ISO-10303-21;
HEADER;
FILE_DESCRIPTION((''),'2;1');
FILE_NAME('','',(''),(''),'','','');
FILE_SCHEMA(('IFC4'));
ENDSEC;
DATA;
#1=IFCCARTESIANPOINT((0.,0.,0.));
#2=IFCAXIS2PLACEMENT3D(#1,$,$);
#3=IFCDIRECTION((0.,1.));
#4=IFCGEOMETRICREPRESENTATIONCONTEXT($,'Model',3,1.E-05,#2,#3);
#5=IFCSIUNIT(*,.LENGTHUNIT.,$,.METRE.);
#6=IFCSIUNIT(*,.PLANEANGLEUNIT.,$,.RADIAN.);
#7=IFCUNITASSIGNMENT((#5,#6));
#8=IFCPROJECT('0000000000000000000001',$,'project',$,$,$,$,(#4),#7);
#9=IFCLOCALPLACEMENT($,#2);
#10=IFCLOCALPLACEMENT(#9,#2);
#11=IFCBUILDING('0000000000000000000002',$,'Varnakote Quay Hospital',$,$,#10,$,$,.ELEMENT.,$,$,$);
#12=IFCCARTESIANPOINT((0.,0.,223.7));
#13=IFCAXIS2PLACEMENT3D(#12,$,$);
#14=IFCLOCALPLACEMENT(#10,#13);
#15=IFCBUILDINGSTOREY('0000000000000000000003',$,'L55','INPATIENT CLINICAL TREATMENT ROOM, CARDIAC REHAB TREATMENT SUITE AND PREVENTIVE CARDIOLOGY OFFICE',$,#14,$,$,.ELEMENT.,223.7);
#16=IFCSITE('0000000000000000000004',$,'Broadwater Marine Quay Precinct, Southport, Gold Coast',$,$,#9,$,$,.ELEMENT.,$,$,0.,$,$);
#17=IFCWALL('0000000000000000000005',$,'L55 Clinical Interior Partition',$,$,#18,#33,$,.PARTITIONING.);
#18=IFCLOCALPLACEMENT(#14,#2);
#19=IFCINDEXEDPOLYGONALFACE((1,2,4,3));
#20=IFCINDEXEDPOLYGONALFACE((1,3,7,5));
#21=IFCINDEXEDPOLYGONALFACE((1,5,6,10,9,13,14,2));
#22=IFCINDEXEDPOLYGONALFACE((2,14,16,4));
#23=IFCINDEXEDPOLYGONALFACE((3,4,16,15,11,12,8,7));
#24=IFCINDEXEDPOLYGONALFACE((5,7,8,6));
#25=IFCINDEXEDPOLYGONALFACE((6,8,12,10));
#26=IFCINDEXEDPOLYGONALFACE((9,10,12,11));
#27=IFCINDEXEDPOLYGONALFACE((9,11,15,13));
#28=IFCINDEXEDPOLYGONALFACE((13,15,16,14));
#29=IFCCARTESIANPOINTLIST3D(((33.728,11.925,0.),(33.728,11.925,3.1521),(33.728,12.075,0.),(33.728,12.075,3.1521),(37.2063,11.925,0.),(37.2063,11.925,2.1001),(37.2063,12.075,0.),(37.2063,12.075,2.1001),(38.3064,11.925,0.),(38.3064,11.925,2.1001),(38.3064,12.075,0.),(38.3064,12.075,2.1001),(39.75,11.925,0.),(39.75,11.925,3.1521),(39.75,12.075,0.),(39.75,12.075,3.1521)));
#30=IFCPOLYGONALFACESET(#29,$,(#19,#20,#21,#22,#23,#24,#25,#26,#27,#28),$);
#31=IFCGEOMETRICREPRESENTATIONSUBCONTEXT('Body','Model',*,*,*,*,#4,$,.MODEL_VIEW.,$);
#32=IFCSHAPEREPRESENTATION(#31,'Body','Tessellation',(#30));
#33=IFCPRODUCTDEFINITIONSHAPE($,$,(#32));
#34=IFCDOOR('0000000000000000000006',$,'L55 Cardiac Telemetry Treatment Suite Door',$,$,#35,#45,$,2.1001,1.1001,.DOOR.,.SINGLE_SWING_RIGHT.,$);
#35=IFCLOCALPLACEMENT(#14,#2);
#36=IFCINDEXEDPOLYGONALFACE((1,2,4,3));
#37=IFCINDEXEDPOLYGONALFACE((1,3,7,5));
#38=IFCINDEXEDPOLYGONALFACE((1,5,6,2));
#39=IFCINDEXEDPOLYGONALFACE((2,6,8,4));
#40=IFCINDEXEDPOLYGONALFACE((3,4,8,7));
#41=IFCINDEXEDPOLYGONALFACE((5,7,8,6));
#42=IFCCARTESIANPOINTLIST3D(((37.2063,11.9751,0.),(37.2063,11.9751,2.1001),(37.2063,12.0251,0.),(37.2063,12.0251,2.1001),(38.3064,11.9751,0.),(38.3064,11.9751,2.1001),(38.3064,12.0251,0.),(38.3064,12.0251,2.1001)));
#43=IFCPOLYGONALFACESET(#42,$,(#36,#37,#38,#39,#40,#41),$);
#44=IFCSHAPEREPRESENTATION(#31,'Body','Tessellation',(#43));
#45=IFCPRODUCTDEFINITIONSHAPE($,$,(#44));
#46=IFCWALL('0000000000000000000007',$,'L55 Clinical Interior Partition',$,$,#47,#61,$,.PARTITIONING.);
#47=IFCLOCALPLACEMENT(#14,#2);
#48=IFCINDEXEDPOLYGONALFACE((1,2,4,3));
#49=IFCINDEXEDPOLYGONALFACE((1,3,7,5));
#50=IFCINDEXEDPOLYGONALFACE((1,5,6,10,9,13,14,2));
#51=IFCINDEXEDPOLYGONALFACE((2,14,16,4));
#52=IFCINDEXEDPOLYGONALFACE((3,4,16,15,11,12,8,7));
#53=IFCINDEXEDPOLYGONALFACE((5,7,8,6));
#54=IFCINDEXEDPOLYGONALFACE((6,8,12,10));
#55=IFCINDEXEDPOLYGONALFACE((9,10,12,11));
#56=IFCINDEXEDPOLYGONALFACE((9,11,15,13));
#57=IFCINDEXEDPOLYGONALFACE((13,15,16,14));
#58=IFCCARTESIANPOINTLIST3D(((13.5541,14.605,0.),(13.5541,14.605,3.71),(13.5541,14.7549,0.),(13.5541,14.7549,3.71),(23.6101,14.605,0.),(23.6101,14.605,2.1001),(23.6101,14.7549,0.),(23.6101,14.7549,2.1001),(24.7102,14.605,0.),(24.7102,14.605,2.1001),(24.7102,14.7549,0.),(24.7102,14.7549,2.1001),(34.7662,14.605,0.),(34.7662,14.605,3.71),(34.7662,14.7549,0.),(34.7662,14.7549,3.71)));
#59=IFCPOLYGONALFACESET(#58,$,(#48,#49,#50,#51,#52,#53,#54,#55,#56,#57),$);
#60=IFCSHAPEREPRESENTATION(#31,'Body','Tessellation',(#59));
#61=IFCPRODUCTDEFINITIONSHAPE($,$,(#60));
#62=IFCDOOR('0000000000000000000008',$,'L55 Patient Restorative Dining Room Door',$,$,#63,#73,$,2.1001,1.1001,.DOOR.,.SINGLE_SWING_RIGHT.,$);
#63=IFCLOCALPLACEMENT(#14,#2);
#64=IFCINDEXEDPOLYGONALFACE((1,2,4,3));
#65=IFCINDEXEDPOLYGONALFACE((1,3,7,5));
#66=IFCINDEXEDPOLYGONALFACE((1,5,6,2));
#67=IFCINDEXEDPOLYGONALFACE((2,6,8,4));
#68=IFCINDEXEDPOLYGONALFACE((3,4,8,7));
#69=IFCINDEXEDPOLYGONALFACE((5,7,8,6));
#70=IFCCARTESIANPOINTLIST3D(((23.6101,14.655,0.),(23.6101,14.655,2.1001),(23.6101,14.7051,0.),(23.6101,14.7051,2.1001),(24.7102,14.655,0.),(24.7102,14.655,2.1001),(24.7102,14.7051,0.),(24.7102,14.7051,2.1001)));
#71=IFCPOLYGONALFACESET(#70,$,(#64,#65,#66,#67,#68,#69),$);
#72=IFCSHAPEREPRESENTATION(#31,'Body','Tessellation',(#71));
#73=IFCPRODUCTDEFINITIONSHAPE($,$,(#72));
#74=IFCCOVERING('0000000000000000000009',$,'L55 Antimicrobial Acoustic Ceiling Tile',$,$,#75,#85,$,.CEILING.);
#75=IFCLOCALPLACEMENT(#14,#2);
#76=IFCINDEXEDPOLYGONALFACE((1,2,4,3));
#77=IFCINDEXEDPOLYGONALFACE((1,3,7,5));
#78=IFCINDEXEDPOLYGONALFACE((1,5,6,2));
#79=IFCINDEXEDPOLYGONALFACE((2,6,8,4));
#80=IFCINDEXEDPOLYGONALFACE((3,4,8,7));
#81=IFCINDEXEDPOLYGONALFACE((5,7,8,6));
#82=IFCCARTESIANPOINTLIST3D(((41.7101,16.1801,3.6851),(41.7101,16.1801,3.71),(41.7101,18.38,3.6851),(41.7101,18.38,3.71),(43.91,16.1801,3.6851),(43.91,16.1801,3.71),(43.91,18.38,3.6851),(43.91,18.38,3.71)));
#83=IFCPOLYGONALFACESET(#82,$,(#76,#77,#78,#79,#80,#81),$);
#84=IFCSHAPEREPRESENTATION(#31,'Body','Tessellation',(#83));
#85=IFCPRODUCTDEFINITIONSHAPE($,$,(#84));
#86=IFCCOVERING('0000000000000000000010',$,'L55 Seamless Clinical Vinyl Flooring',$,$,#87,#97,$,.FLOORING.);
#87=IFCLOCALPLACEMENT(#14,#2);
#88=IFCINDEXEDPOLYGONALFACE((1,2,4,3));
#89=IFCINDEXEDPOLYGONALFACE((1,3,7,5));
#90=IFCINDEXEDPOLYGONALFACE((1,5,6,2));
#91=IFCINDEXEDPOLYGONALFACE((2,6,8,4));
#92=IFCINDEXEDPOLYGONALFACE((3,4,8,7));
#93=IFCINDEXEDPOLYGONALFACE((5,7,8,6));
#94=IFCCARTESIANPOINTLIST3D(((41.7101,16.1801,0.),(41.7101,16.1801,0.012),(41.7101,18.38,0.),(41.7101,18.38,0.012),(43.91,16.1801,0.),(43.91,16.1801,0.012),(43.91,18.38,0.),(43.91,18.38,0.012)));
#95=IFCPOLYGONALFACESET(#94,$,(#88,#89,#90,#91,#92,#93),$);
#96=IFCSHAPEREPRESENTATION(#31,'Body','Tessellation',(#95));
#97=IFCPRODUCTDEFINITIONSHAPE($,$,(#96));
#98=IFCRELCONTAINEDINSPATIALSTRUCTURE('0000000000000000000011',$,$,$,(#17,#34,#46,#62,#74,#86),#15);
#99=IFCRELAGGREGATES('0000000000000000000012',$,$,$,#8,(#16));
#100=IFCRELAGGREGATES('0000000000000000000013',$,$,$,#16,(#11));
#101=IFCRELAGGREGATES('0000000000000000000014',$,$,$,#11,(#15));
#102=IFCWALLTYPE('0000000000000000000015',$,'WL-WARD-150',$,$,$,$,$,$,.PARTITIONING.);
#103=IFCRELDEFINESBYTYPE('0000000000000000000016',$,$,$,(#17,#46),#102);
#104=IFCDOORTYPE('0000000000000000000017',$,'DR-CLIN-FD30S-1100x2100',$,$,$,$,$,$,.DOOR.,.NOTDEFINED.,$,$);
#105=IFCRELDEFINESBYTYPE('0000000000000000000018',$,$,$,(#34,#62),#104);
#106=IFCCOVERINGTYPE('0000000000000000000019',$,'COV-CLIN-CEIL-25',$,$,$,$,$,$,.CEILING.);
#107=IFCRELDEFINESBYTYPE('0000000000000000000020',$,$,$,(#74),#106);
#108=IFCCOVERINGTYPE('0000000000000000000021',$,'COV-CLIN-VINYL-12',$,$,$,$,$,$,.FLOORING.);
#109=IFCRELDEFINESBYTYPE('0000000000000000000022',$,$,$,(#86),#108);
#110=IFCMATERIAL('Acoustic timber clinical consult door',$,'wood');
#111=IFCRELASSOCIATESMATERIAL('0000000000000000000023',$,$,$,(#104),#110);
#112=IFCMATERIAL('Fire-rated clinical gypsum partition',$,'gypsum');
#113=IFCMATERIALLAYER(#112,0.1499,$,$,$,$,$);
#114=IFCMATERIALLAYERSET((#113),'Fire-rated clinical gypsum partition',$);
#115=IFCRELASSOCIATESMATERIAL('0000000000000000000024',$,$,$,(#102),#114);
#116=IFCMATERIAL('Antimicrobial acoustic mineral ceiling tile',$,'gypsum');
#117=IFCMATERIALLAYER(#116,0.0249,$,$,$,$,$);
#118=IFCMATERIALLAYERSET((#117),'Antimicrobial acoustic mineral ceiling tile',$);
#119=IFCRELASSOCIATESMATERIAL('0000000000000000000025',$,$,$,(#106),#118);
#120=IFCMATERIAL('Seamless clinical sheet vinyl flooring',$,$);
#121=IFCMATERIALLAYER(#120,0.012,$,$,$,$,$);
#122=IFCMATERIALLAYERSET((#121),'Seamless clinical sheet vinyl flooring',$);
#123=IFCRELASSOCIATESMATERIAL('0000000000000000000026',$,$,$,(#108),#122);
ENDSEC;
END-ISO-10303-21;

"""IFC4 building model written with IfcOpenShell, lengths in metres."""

from ifc_helpers import new_model, si_unit, direction, frame, frame_2d, origin, origin_2d, place, context, subcontext, project, spatial, rectangle, extrude, material, layer, layer_set, type_object, element, fill, save


model = new_model("IFC4")

# Units and contexts
model_context = context("Model", 3, precision=1e-05, world=origin(), true_north=direction((0.0, 1.0)))
body_context = subcontext(model_context, "Body", "Model", "MODEL_VIEW")
ifc_project = project(units=[si_unit("LENGTHUNIT", "METRE"), si_unit("PLANEANGLEUNIT", "RADIAN")], contexts=[model_context])

# Site, building, storey
site_placement = place(None, origin())
site = spatial("IfcSite", under=ifc_project, at=site_placement, Name="Broadwater Marine Quay Precinct, Southport, Gold Coast", CompositionType="ELEMENT", RefElevation=0.0)
building_placement = place(site_placement, origin())
building = spatial("IfcBuilding", under=site, at=building_placement, Name="Varnakote Quay Hospital", CompositionType="ELEMENT")
storey_placement = place(building_placement, frame((0.0, 0.0, 223.7)))
storey = spatial("IfcBuildingStorey", under=building, at=storey_placement, Name="L55", Description="INPATIENT CLINICAL TREATMENT ROOM, CARDIAC REHAB TREATMENT SUITE AND PREVENTIVE CARDIOLOGY OFFICE", CompositionType="ELEMENT", Elevation=223.7)

# Walls, openings, doors
ifc_material_1 = material(Name="Acoustic timber clinical consult door", Category="wood")
door_type = type_object("IfcDoorType", Name="DR-CLIN-FD30S-1100x2100", OperationType="NOTDEFINED", PredefinedType="DOOR", material=ifc_material_1)
ifc_material_2 = material(Name="Fire-rated clinical gypsum partition", Category="gypsum")
ifc_layer_1 = layer(ifc_material_2, 0.1499)
ifc_layer_set_1 = layer_set([ifc_layer_1], Name="Fire-rated clinical gypsum partition")
wall_type_1 = type_object("IfcWallType", Name="WL-WARD-150", PredefinedType="PARTITIONING", material=ifc_layer_set_1)
wall_1_placement = place(storey_placement, frame((39.75, 12.0, 0.0), z_axis=(0.0, 0.0, 1.0), x_axis=(-1.0, 0.0, 0.0)))
wall_1 = element("IfcWall", 1, at=wall_1_placement, inside=storey, type_object=wall_type_1, Name="L55 Clinical Interior Partition", PredefinedType="PARTITIONING", context=body_context, shape_type="SweptSolid", body=[
    extrude(rectangle(XDim=6.022, YDim=0.1499, at=frame_2d((3.011, 0.0))), origin(), (0.0, 0.0, 1.0), 3.1521),
])
opening_1_placement = place(wall_1_placement, frame((1.4436, 0.0, 0.0)))
opening_1 = element("IfcOpeningElement", 2, at=opening_1_placement, cuts=wall_1, PredefinedType="OPENING", context=body_context, shape_type="SweptSolid", body=[
    extrude(rectangle(XDim=1.1001, YDim=2.1001, at=frame_2d((0.55, 1.05))), frame((0.0, 0.085, 0.0), z_axis=(0.0, -1.0, 0.0), x_axis=(1.0, 0.0, 0.0)), (0.0, 0.0, 1.0), 0.1699),
])
door_1_placement = place(opening_1_placement, origin())
door_1 = element("IfcDoor", 3, at=door_1_placement, inside=storey, type_object=door_type, Name="L55 Cardiac Telemetry Treatment Suite Door", OperationType="SINGLE_SWING_RIGHT", OverallHeight=2.1001, OverallWidth=1.1001, PredefinedType="DOOR", context=body_context, shape_type="SweptSolid", body=[
    extrude(rectangle(XDim=1.1001, YDim=2.1001, at=frame_2d((0.55, 1.05))), frame((0.0, 0.0249, 0.0), z_axis=(0.0, -1.0, 0.0), x_axis=(1.0, 0.0, 0.0)), (0.0, 0.0, 1.0), 0.05),
])
fill(opening_1, door_1)
wall_2_placement = place(storey_placement, frame((34.7661, 14.6799, 0.0), z_axis=(0.0, 0.0, 1.0), x_axis=(-1.0, 0.0, 0.0)))
wall_2 = element("IfcWall", 4, at=wall_2_placement, inside=storey, type_object=wall_type_1, Name="L55 Clinical Interior Partition", PredefinedType="PARTITIONING", context=body_context, shape_type="SweptSolid", body=[
    extrude(rectangle(XDim=21.2122, YDim=0.1499, at=frame_2d((10.606, 0.0))), origin(), (0.0, 0.0, 1.0), 3.71),
])
opening_2_placement = place(wall_2_placement, frame((10.0559, 0.0, 0.0)))
opening_2 = element("IfcOpeningElement", 5, at=opening_2_placement, cuts=wall_2, PredefinedType="OPENING", context=body_context, shape_type="SweptSolid", body=[
    extrude(rectangle(XDim=1.1001, YDim=2.1001, at=frame_2d((0.55, 1.05))), frame((0.0, 0.085, 0.0), z_axis=(0.0, -1.0, 0.0), x_axis=(1.0, 0.0, 0.0)), (0.0, 0.0, 1.0), 0.1699),
])
door_2_placement = place(opening_2_placement, origin())
door_2 = element("IfcDoor", 6, at=door_2_placement, inside=storey, type_object=door_type, Name="L55 Patient Restorative Dining Room Door", OperationType="SINGLE_SWING_RIGHT", OverallHeight=2.1001, OverallWidth=1.1001, PredefinedType="DOOR", context=body_context, shape_type="SweptSolid", body=[
    extrude(rectangle(XDim=1.1001, YDim=2.1001, at=frame_2d((0.55, 1.05))), frame((0.0, 0.0249, 0.0), z_axis=(0.0, -1.0, 0.0), x_axis=(1.0, 0.0, 0.0)), (0.0, 0.0, 1.0), 0.05),
])
fill(opening_2, door_2)

# Coverings
ifc_material_3 = material(Name="Antimicrobial acoustic mineral ceiling tile", Category="gypsum")
ifc_layer_2 = layer(ifc_material_3, 0.0249)
ifc_layer_set_2 = layer_set([ifc_layer_2], Name="Antimicrobial acoustic mineral ceiling tile")
covering_type_1 = type_object("IfcCoveringType", Name="COV-CLIN-CEIL-25", PredefinedType="CEILING", material=ifc_layer_set_2)
covering_1_placement = place(storey_placement, frame((42.8101, 17.28, 3.6851), z_axis=(0.0, 0.0, 1.0), x_axis=(1.0, 0.0, 0.0)))
element("IfcCovering", 7, at=covering_1_placement, inside=storey, type_object=covering_type_1, Name="L55 Antimicrobial Acoustic Ceiling Tile", PredefinedType="CEILING", context=body_context, shape_type="SweptSolid", body=[
    extrude(rectangle(XDim=2.2, YDim=2.2, at=origin_2d()), origin(), (0.0, 0.0, 1.0), 0.0249),
])
ifc_material_4 = material(Name="Seamless clinical sheet vinyl flooring")
ifc_layer_3 = layer(ifc_material_4, 0.012)
ifc_layer_set_3 = layer_set([ifc_layer_3], Name="Seamless clinical sheet vinyl flooring")
covering_type_2 = type_object("IfcCoveringType", Name="COV-CLIN-VINYL-12", PredefinedType="FLOORING", material=ifc_layer_set_3)
covering_2_placement = place(storey_placement, frame((42.8101, 17.28, 0.0), z_axis=(0.0, 0.0, 1.0), x_axis=(1.0, 0.0, 0.0)))
element("IfcCovering", 8, at=covering_2_placement, inside=storey, type_object=covering_type_2, Name="L55 Seamless Clinical Vinyl Flooring", PredefinedType="FLOORING", context=body_context, shape_type="SweptSolid", body=[
    extrude(rectangle(XDim=2.2, YDim=2.2, at=origin_2d()), origin(), (0.0, 0.0, 1.0), 0.012),
])

save(model, "model.ifc")
